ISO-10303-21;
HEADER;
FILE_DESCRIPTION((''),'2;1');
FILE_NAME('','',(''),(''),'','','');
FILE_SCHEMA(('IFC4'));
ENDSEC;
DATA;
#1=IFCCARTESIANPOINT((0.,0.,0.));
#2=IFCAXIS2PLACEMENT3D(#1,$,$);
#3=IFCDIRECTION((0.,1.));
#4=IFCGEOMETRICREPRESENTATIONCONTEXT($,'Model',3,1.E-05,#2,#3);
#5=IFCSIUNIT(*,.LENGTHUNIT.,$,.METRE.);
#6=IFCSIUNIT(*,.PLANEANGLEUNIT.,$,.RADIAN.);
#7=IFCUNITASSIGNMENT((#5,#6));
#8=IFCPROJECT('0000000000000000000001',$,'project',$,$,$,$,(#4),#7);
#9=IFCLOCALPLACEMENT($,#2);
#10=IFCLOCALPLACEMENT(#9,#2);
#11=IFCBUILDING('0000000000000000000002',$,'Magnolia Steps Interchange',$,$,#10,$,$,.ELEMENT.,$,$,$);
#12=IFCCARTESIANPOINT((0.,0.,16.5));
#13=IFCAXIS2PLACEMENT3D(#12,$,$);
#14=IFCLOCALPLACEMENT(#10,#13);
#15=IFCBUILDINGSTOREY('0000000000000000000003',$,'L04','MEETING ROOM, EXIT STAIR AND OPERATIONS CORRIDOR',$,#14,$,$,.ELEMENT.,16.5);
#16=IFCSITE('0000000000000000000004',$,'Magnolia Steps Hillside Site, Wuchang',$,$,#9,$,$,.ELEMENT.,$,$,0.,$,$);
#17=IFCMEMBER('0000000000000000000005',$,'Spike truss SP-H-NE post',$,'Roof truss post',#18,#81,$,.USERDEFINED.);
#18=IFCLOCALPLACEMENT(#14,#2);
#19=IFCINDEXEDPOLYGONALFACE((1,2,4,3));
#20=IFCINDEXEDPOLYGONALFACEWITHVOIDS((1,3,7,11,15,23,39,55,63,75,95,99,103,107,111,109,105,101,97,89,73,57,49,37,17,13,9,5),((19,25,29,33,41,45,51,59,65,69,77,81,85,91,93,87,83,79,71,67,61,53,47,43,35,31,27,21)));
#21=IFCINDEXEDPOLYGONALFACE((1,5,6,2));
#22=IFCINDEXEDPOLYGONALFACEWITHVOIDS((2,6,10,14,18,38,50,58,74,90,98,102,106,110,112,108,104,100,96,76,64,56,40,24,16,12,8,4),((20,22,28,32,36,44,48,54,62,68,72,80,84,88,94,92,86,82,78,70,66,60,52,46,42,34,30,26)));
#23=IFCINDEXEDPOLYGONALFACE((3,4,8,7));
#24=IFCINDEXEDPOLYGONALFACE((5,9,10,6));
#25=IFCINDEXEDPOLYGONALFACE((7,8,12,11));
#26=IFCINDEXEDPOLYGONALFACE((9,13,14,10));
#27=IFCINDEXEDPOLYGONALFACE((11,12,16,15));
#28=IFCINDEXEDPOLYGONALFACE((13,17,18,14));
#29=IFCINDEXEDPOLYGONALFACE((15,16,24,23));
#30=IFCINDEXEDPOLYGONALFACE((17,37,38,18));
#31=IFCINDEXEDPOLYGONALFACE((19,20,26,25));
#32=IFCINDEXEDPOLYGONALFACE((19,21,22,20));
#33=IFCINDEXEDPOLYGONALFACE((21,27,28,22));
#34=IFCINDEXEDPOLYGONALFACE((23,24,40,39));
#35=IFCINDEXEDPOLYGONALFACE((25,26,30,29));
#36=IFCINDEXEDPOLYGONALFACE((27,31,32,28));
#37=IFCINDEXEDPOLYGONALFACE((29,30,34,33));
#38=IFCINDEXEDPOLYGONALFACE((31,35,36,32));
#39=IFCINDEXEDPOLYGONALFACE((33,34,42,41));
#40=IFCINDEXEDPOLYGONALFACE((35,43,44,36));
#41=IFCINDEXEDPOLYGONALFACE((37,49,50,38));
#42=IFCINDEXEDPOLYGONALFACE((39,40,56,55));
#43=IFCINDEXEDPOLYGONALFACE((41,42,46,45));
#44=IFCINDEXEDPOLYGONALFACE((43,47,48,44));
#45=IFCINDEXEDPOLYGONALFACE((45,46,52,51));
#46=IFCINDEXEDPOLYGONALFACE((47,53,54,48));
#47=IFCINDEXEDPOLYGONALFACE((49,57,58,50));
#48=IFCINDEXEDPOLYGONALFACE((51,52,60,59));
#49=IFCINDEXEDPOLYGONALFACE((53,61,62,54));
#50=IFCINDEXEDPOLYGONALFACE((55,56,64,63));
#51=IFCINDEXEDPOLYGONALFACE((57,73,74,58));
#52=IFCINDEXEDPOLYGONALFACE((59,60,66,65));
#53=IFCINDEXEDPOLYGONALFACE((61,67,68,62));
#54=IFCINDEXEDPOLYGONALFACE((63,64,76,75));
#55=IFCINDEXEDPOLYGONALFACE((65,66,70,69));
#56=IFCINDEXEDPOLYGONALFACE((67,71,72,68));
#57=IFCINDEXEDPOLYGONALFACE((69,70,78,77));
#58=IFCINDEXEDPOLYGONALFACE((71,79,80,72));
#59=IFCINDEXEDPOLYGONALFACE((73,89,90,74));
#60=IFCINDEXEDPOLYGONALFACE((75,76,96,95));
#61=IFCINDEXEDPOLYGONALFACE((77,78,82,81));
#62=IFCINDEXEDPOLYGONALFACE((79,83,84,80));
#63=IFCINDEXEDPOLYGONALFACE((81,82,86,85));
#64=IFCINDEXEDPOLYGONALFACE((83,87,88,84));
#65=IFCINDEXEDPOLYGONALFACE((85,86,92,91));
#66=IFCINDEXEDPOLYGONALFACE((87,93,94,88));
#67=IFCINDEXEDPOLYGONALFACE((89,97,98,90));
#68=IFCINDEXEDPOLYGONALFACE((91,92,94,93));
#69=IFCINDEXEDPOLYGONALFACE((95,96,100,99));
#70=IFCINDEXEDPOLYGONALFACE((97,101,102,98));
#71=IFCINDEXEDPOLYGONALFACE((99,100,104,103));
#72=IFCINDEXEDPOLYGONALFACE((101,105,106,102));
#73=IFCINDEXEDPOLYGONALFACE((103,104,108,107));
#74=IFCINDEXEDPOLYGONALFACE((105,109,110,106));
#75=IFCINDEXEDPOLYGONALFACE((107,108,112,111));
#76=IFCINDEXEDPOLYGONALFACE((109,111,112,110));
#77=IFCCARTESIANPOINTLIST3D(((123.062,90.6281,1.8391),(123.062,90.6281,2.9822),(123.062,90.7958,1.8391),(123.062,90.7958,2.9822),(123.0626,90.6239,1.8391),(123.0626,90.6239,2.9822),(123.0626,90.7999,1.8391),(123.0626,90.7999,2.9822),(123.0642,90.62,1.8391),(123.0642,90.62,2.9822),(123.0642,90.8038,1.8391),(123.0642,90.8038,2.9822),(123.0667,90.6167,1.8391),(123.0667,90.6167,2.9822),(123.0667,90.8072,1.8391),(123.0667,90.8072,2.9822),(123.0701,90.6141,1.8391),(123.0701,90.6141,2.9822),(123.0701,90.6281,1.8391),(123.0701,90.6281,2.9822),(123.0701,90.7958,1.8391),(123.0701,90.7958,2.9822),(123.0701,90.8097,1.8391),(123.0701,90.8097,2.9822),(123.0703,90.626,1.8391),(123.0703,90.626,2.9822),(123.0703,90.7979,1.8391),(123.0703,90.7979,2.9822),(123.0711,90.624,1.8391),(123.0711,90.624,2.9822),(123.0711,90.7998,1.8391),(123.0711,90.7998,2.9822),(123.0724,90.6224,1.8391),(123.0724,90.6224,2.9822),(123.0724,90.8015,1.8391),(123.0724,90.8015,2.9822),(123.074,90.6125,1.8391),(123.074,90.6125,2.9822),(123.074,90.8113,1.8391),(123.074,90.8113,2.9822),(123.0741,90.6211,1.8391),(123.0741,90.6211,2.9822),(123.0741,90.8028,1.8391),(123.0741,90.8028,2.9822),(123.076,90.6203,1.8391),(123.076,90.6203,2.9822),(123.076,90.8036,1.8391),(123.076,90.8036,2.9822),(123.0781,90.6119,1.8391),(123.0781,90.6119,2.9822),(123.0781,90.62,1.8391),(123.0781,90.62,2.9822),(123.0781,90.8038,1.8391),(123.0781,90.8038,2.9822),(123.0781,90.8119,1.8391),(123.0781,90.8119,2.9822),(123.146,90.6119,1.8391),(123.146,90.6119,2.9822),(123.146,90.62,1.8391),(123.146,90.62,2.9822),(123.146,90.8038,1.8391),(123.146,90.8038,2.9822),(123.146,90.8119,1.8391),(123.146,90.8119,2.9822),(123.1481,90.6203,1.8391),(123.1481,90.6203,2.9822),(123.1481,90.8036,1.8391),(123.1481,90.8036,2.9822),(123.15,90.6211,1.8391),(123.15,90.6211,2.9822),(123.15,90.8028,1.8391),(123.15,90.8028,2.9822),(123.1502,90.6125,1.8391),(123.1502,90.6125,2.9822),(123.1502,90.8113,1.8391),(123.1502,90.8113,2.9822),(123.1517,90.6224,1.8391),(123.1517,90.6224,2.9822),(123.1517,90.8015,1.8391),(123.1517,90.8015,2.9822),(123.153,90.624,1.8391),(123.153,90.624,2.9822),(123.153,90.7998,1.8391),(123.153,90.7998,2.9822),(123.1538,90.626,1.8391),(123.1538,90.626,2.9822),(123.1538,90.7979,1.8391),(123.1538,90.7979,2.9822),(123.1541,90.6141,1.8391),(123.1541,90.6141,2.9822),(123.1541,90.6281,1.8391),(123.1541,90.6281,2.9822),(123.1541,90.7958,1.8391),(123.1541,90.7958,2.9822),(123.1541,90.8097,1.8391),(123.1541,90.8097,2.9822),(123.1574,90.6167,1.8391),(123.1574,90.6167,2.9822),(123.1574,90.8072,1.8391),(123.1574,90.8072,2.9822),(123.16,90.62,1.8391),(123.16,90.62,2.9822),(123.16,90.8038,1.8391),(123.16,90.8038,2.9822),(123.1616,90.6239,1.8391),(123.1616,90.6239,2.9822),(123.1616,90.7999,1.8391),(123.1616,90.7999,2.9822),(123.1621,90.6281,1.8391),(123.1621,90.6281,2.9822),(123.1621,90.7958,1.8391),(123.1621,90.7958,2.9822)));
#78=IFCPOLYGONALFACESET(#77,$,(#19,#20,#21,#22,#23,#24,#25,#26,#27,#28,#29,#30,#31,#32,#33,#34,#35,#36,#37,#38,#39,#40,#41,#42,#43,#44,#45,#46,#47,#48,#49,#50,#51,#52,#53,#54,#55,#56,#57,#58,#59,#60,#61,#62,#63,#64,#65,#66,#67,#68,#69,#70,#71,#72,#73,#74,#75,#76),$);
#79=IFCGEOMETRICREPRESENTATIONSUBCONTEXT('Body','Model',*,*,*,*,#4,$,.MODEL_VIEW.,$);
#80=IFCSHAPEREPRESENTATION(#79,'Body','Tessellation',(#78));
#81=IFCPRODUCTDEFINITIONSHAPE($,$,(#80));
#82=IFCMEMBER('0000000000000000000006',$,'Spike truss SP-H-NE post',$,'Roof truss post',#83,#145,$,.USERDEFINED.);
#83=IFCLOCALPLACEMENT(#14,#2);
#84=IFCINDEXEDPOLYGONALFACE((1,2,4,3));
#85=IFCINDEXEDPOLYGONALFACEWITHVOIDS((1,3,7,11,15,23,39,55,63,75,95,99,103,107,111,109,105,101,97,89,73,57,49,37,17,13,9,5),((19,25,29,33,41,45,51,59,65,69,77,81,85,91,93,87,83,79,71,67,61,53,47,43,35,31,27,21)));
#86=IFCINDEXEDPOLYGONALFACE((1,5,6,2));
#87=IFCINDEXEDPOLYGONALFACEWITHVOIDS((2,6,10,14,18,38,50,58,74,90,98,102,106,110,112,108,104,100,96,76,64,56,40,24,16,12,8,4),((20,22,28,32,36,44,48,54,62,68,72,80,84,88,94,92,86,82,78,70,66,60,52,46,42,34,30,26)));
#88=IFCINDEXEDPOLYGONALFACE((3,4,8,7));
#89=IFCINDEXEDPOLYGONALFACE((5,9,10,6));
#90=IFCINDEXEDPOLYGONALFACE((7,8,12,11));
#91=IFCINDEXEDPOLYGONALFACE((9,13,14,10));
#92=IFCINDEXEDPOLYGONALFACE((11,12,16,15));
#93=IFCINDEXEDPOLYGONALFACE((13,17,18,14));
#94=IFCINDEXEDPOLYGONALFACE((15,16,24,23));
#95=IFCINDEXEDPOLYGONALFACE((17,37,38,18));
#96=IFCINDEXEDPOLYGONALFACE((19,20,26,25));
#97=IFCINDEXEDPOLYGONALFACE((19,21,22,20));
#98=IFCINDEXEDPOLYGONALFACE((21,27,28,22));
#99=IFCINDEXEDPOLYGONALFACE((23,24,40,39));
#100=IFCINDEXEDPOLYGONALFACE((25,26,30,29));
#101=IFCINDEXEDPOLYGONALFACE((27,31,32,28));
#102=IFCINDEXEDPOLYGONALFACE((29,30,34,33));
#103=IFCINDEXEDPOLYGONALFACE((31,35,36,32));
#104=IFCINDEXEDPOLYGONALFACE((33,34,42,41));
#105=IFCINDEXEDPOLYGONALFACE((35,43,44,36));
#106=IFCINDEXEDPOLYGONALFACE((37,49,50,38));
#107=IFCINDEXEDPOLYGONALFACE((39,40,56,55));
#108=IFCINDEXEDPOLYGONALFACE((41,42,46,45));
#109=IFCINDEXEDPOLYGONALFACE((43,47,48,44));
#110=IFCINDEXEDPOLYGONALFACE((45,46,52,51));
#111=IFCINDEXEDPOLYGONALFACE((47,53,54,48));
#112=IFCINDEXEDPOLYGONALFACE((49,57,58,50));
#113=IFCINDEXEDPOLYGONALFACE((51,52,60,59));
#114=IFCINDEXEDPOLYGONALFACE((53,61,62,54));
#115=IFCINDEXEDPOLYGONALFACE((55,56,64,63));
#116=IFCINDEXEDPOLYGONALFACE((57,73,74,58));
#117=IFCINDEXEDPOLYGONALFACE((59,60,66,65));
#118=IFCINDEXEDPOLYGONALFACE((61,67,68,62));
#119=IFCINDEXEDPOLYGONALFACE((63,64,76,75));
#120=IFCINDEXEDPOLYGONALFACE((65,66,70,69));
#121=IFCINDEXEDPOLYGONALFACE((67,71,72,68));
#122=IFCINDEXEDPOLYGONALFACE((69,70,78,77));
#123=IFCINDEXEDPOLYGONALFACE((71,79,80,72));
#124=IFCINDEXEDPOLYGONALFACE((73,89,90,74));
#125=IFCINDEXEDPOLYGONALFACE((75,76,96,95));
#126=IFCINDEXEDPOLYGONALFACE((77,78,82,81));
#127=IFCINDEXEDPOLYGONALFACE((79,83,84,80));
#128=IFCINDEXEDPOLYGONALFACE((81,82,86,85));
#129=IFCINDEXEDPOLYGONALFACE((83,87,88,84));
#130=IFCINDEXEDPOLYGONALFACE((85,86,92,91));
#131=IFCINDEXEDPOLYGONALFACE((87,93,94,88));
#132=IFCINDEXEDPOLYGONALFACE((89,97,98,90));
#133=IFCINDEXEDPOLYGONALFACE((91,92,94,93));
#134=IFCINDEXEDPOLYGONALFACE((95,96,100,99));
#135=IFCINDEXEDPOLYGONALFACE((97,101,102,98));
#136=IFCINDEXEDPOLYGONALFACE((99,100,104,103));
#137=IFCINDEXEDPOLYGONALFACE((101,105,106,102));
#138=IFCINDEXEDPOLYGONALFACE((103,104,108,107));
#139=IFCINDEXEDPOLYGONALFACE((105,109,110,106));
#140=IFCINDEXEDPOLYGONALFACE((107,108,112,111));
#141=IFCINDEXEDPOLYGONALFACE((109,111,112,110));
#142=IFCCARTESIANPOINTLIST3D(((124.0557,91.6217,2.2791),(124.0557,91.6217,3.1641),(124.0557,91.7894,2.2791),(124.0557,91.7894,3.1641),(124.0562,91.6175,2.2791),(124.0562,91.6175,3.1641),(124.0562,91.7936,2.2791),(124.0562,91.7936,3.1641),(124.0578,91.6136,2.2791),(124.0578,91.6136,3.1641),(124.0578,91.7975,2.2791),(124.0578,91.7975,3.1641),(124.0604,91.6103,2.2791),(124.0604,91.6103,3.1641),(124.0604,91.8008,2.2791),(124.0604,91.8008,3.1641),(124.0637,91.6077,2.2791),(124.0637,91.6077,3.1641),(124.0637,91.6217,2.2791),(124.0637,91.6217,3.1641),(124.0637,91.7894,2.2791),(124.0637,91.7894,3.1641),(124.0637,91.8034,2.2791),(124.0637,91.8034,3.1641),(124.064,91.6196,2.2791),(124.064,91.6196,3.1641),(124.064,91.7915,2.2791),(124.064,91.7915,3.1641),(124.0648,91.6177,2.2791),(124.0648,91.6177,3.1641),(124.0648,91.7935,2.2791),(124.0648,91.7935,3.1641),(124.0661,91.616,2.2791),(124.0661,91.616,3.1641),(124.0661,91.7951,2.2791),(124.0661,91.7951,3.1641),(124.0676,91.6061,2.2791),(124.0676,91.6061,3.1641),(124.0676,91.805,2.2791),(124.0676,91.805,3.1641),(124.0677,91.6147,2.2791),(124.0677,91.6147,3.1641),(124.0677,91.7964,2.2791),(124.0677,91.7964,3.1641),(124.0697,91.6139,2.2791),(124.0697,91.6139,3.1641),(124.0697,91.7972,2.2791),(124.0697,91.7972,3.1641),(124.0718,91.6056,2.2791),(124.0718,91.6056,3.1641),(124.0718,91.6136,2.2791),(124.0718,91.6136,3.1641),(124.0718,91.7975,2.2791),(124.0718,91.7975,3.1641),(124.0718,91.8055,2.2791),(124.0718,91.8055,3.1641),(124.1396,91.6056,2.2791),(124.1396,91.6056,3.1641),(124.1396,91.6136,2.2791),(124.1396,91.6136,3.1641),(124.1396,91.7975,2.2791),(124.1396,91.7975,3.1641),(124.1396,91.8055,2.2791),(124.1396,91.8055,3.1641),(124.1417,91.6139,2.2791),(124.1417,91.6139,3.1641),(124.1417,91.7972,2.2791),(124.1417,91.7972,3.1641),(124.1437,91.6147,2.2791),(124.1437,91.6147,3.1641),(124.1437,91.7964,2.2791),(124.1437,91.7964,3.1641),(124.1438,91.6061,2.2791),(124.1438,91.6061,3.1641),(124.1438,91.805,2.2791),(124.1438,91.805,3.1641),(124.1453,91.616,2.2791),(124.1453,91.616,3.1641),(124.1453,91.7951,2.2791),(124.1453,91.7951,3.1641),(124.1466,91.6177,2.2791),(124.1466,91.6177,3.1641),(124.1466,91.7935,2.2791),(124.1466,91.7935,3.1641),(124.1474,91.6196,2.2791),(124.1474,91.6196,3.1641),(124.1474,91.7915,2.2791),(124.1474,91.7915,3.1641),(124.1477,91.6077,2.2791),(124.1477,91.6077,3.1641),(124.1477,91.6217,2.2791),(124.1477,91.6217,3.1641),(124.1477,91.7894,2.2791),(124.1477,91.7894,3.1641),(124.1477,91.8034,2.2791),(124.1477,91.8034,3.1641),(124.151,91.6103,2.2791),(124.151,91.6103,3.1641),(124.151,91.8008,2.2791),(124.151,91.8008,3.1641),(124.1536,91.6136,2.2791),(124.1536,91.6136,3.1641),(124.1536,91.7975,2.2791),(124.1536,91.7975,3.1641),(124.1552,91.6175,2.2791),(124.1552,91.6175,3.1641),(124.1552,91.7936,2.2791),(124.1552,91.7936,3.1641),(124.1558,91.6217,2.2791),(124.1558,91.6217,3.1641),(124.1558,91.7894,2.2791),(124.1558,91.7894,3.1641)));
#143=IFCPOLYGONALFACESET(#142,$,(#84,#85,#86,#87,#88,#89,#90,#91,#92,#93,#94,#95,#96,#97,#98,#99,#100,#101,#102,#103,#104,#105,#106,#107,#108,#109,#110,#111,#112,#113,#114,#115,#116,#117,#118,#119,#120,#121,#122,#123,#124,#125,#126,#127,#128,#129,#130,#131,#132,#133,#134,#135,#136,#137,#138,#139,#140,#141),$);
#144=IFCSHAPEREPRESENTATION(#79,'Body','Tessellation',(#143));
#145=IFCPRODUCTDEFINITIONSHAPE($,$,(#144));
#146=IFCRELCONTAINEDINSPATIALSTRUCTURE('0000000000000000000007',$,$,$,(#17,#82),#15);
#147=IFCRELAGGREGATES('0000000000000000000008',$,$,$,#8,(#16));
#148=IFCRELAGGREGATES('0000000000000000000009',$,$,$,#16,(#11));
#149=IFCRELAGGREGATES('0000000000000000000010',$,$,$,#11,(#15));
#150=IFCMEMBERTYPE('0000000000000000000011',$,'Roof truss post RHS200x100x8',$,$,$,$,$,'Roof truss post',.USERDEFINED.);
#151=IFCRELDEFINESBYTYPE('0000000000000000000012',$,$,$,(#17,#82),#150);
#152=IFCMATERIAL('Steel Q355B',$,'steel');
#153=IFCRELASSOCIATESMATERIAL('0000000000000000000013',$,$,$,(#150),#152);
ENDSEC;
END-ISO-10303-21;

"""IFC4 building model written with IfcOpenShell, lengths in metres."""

from ifc_helpers import new_model, si_unit, direction, frame, origin, origin_2d, place, context, subcontext, project, spatial, hollow_rectangle, extrude, material, material_profile, profile_set, type_object, element, save


model = new_model("IFC4")

# Units and contexts
model_context = context("Model", 3, precision=1e-05, world=origin(), true_north=direction((0.0, 1.0)))
body_context = subcontext(model_context, "Body", "Model", "MODEL_VIEW")
ifc_project = project(units=[si_unit("LENGTHUNIT", "METRE"), si_unit("PLANEANGLEUNIT", "RADIAN")], contexts=[model_context])

# Site, building, storey
site_placement = place(None, origin())
site = spatial("IfcSite", under=ifc_project, at=site_placement, Name="Magnolia Steps Hillside Site, Wuchang", CompositionType="ELEMENT", RefElevation=0.0)
building_placement = place(site_placement, origin())
building = spatial("IfcBuilding", under=site, at=building_placement, Name="Magnolia Steps Interchange", CompositionType="ELEMENT")
storey_placement = place(building_placement, frame((0.0, 0.0, 16.5)))
storey = spatial("IfcBuildingStorey", under=building, at=storey_placement, Name="L04", Description="MEETING ROOM, EXIT STAIR AND OPERATIONS CORRIDOR", CompositionType="ELEMENT", Elevation=16.5)

# Members
ifc_material_1 = material(Name="Steel Q355B", Category="steel")
ifc_material_profile_1 = material_profile(ifc_material_1, hollow_rectangle(XDim=0.1001, YDim=0.2, WallThickness=0.0081, InnerFilletRadius=0.0081, OuterFilletRadius=0.0161, at=origin_2d()), Name="RHS200x100x8")
ifc_profile_set_1 = profile_set([ifc_material_profile_1], Name="Steel Q355B")
member_type_1 = type_object("IfcMemberType", Name="Roof truss post RHS200x100x8", ElementType="Roof truss post", PredefinedType="USERDEFINED", material=ifc_profile_set_1)
member_1_placement = place(storey_placement, frame((123.1121, 90.7119, 1.8391), z_axis=(0.0, 0.0, 1.0), x_axis=(1.0, 0.0, 0.0)))
element("IfcMember", 1, at=member_1_placement, inside=storey, type_object=member_type_1, Name="Spike truss SP-H-NE post", ObjectType="Roof truss post", PredefinedType="USERDEFINED", context=body_context, shape_type="SweptSolid", body=[
    extrude(hollow_rectangle(XDim=0.1001, YDim=0.2, WallThickness=0.0081, InnerFilletRadius=0.0081, OuterFilletRadius=0.0161, at=origin_2d()), origin(), (0.0, 0.0, 1.0), 1.1431),
])
member_2_placement = place(storey_placement, frame((124.1057, 91.7056, 2.2791), z_axis=(0.0, 0.0, 1.0), x_axis=(1.0, 0.0, 0.0)))
element("IfcMember", 2, at=member_2_placement, inside=storey, type_object=member_type_1, Name="Spike truss SP-H-NE post", ObjectType="Roof truss post", PredefinedType="USERDEFINED", context=body_context, shape_type="SweptSolid", body=[
    extrude(hollow_rectangle(XDim=0.1001, YDim=0.2, WallThickness=0.0081, InnerFilletRadius=0.0081, OuterFilletRadius=0.0161, at=origin_2d()), origin(), (0.0, 0.0, 1.0), 0.885),
])

save(model, "model.ifc")
